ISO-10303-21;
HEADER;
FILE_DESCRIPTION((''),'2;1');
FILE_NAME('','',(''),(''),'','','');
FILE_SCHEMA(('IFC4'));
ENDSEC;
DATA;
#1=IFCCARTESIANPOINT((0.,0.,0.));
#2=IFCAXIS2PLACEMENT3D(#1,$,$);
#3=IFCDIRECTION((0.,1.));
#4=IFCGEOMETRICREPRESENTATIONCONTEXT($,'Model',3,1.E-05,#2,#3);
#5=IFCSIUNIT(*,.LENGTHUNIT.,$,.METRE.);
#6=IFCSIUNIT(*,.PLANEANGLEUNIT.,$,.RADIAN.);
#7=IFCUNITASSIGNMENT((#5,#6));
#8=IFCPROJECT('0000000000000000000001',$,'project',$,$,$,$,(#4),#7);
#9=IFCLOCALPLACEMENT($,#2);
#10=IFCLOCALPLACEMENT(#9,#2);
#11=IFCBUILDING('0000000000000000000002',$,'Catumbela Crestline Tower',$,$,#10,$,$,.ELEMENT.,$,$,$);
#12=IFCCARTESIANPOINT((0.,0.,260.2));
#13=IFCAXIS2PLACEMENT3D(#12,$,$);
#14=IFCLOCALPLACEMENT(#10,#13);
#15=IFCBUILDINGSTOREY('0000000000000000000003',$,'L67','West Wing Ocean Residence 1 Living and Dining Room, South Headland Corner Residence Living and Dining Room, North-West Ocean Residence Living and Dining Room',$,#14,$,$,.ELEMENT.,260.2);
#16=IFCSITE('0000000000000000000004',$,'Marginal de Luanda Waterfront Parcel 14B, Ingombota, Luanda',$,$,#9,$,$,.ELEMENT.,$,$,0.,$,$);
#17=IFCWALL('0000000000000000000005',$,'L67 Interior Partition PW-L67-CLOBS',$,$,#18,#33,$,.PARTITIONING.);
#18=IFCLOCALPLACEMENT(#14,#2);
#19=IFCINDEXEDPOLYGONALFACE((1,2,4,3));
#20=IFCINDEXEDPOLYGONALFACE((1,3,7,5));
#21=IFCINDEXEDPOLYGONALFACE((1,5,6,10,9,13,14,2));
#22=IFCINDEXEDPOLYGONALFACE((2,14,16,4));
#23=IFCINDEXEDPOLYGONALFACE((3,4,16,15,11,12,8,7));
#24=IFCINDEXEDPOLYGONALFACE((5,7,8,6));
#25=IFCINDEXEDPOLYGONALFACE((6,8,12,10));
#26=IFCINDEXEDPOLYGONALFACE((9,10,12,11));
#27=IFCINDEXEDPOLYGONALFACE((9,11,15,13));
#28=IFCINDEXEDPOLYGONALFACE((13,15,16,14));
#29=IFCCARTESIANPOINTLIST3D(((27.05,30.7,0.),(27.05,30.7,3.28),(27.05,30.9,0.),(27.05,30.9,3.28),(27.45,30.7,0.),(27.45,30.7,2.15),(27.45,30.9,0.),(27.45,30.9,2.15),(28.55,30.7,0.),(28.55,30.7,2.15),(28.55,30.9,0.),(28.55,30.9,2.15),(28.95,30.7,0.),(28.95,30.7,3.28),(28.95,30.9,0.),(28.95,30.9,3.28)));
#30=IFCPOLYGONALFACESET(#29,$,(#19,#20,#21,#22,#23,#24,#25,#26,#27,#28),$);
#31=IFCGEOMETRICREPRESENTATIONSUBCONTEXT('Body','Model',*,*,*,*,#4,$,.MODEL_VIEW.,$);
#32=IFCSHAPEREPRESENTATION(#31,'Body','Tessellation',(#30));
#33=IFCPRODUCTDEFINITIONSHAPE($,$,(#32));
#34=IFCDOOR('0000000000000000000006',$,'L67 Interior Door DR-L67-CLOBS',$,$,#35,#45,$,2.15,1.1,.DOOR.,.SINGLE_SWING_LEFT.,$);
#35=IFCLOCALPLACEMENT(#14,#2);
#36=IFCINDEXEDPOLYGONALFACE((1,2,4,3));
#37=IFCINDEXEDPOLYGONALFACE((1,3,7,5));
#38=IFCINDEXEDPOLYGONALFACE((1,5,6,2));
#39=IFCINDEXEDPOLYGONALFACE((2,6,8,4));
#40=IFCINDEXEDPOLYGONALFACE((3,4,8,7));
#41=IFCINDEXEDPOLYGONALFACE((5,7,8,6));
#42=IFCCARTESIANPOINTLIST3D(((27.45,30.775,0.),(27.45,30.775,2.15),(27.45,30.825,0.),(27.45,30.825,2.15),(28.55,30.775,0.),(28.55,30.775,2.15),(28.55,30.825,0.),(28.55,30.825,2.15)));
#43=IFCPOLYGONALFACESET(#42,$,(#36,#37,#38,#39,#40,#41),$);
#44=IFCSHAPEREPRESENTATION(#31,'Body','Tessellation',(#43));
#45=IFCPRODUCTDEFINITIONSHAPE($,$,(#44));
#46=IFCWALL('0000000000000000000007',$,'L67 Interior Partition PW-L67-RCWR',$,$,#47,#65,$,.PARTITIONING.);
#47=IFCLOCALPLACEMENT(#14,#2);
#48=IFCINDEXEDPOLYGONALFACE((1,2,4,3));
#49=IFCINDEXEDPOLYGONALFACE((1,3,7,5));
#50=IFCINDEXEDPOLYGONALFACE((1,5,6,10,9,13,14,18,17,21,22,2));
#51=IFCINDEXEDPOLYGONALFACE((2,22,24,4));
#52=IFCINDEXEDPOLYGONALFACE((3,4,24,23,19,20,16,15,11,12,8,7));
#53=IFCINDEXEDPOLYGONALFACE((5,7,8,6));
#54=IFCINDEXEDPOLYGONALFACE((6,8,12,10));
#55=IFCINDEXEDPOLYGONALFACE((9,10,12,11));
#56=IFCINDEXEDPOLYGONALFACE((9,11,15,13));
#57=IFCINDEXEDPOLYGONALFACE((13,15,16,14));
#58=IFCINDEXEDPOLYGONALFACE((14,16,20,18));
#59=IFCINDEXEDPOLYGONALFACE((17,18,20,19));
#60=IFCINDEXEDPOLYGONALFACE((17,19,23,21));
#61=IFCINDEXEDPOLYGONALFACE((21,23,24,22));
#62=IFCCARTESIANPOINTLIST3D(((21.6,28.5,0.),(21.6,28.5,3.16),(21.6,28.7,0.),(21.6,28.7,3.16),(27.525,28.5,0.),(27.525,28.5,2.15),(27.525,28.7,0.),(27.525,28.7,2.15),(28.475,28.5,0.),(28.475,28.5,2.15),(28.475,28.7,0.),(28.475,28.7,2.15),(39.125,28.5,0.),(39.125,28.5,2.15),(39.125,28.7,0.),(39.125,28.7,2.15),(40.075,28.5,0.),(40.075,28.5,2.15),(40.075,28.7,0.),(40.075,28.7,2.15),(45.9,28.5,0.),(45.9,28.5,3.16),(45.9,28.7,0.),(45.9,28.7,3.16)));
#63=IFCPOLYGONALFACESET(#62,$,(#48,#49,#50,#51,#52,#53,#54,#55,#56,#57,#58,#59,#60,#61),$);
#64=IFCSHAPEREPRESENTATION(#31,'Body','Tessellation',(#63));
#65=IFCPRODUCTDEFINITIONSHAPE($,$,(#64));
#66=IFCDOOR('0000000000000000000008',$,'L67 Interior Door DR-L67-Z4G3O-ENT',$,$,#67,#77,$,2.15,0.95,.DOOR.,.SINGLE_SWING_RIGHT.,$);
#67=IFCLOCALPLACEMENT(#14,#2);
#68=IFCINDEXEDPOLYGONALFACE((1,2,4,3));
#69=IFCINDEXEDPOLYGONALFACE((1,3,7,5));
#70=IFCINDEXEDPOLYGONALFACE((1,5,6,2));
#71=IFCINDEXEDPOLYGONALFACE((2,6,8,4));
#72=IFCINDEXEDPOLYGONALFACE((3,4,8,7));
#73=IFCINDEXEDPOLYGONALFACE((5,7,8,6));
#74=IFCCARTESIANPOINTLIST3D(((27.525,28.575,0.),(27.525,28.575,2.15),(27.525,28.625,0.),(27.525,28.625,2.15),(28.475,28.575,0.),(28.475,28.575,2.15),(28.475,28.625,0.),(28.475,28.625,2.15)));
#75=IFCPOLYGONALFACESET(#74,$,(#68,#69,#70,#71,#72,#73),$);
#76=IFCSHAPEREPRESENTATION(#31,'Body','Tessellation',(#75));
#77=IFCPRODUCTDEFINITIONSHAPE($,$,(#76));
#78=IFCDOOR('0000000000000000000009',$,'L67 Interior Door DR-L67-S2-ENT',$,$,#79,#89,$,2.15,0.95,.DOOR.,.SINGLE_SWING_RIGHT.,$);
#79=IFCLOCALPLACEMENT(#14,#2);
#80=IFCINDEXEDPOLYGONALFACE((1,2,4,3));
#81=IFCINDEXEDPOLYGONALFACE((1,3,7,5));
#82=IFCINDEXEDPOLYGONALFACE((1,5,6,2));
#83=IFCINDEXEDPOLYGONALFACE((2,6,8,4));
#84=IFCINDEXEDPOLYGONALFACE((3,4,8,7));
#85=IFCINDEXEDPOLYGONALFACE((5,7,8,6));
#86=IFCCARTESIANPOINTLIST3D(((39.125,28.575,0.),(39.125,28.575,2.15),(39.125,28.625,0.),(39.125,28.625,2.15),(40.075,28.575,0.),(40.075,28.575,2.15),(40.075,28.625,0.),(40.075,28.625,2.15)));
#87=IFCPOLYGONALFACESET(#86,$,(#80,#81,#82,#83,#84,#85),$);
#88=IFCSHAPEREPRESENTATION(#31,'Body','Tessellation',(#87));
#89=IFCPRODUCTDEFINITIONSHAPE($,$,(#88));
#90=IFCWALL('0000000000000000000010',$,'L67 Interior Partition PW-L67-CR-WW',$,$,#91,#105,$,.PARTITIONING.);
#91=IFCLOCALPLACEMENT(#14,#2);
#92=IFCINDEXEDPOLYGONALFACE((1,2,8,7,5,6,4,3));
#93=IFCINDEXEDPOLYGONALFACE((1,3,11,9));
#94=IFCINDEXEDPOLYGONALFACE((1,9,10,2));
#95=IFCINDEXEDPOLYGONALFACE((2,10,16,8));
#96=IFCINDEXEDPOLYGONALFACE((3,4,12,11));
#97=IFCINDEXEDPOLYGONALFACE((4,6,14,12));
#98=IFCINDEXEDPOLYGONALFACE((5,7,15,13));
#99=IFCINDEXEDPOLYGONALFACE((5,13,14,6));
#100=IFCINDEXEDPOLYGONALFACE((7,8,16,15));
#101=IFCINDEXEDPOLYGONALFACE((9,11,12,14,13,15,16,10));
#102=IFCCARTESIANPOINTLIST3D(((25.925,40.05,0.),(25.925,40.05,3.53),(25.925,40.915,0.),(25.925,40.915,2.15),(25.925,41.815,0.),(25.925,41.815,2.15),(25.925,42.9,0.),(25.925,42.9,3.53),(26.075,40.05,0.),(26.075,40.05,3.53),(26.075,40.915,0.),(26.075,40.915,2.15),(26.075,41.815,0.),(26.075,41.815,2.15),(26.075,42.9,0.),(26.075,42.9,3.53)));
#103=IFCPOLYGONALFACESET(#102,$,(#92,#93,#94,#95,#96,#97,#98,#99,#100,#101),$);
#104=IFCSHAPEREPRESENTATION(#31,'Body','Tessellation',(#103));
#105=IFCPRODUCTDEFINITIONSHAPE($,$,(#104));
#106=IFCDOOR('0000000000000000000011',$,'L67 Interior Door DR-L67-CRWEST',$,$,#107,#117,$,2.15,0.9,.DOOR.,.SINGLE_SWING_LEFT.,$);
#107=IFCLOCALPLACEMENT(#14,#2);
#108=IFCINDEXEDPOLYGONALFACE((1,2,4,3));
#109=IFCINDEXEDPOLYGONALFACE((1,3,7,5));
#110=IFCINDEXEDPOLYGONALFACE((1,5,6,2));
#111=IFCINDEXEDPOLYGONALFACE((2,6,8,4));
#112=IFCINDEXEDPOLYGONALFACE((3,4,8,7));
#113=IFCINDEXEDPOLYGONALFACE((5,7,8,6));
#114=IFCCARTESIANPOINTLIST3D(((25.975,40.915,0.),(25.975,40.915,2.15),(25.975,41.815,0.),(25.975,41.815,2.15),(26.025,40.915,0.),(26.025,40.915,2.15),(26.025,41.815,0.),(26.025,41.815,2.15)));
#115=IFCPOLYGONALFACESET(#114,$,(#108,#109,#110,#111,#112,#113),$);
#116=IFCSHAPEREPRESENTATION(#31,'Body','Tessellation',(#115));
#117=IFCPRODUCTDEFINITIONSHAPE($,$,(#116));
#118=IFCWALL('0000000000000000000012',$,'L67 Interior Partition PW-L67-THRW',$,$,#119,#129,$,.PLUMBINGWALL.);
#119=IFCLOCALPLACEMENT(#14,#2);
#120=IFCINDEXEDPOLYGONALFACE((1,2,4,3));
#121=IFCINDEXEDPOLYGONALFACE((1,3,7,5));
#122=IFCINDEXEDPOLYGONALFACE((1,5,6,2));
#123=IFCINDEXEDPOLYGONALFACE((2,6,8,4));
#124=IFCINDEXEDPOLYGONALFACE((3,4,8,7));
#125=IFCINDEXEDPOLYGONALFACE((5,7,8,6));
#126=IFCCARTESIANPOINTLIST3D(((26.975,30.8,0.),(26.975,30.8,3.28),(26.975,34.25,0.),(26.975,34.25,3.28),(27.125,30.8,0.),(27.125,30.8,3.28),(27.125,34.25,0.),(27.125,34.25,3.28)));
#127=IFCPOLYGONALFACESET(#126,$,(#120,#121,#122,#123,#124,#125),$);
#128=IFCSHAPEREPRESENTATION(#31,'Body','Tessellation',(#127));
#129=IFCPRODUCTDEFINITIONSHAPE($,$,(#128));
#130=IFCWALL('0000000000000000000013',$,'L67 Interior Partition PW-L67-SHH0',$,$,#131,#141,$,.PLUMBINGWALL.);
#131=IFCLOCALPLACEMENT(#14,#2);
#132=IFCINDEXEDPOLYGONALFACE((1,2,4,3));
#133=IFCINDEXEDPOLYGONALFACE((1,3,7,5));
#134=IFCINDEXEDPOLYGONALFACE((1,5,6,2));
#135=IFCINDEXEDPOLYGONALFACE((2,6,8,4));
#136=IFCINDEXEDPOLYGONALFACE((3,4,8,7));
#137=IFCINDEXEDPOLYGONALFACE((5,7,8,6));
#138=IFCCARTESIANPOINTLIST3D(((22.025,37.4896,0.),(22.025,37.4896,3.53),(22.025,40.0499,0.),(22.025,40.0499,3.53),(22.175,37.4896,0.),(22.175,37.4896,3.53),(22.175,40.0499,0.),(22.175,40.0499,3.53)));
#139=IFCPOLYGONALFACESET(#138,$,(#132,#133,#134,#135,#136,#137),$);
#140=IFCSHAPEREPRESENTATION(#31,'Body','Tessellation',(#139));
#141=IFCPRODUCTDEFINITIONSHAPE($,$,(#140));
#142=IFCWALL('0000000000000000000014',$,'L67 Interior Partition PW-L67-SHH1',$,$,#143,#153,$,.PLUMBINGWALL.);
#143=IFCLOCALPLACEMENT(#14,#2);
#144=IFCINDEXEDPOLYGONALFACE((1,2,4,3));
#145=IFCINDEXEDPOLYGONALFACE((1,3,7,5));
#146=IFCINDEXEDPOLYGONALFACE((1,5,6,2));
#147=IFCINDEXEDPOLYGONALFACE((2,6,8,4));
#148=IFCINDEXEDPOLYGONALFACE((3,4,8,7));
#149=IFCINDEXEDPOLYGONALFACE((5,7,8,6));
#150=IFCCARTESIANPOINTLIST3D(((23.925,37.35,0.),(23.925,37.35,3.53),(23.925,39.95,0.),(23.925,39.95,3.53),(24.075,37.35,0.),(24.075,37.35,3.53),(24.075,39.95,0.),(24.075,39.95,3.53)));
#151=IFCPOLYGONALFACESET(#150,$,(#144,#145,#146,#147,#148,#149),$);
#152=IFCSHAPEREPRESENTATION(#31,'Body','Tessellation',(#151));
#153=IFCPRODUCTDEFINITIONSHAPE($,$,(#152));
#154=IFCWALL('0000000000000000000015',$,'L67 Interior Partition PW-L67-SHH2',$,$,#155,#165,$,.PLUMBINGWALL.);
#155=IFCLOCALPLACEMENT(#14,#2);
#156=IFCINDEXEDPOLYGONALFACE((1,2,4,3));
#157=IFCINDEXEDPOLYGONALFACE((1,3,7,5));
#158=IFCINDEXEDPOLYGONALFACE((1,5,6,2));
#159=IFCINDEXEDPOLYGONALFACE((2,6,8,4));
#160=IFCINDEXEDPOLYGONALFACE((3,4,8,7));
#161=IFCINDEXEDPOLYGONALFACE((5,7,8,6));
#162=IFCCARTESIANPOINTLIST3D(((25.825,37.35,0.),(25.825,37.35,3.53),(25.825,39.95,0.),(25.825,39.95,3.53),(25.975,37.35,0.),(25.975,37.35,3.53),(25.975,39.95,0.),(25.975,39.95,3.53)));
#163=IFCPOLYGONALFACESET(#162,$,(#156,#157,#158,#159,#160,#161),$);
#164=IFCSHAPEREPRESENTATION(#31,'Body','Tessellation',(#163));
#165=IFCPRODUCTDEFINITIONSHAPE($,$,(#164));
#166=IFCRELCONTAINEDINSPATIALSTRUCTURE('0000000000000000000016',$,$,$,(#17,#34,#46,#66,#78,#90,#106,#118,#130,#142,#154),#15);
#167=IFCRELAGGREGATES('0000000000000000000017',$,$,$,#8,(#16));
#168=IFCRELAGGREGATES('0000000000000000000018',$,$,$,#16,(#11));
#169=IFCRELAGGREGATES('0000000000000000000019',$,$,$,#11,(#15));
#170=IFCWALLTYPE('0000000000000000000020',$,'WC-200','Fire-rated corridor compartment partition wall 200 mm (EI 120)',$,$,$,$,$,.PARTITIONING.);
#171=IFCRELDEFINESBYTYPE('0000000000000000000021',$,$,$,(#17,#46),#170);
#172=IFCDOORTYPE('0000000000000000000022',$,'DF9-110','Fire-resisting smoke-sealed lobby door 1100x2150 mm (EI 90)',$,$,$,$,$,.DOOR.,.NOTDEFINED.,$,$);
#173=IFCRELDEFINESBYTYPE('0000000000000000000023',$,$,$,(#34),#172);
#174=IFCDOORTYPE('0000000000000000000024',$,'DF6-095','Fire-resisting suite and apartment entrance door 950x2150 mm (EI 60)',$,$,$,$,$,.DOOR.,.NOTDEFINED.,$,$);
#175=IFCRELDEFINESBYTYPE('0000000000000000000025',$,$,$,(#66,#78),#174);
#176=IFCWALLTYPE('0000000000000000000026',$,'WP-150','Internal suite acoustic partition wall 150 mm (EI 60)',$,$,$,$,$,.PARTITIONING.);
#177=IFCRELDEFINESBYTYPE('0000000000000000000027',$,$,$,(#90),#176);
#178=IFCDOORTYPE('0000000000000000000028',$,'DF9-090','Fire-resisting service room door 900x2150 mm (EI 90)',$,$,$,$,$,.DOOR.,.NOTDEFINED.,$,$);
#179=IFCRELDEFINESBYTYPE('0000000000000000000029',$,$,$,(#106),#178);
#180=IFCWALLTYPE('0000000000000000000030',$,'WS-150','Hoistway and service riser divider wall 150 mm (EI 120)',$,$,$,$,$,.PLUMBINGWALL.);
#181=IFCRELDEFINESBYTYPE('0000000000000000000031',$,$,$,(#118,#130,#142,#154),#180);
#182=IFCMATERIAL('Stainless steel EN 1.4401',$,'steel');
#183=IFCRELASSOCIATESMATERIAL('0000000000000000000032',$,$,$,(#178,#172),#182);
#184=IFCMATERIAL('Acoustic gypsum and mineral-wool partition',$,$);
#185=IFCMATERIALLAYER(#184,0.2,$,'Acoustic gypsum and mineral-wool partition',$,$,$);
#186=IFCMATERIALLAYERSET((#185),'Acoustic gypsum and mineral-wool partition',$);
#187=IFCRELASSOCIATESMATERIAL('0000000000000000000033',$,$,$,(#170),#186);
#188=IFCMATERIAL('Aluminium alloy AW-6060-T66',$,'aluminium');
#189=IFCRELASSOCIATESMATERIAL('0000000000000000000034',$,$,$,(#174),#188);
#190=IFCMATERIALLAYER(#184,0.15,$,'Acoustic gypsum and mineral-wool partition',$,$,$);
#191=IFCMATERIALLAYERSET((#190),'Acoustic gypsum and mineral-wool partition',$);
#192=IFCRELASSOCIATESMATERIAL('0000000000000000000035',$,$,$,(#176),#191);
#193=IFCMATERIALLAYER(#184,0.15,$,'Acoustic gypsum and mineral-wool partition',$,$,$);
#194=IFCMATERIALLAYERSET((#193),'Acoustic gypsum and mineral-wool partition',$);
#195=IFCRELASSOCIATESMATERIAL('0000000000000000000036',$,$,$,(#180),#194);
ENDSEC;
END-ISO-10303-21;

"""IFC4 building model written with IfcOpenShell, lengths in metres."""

from ifc_helpers import new_model, si_unit, direction, frame, frame_2d, origin, place, context, subcontext, project, spatial, rectangle, extrude, material, layer, layer_set, type_object, element, fill, save


model = new_model("IFC4")

# Units and contexts
model_context = context("Model", 3, precision=1e-05, world=origin(), true_north=direction((0.0, 1.0)))
body_context = subcontext(model_context, "Body", "Model", "MODEL_VIEW")
ifc_project = project(units=[si_unit("LENGTHUNIT", "METRE"), si_unit("PLANEANGLEUNIT", "RADIAN")], contexts=[model_context])

# Site, building, storey
site_placement = place(None, origin())
site = spatial("IfcSite", under=ifc_project, at=site_placement, Name="Marginal de Luanda Waterfront Parcel 14B, Ingombota, Luanda", CompositionType="ELEMENT", RefElevation=0.0)
building_placement = place(site_placement, origin())
building = spatial("IfcBuilding", under=site, at=building_placement, Name="Catumbela Crestline Tower", CompositionType="ELEMENT")
storey_placement = place(building_placement, frame((0.0, 0.0, 260.2)))
storey = spatial("IfcBuildingStorey", under=building, at=storey_placement, Name="L67", Description="West Wing Ocean Residence 1 Living and Dining Room, South Headland Corner Residence Living and Dining Room, North-West Ocean Residence Living and Dining Room", CompositionType="ELEMENT", Elevation=260.2)

# Shared definitions
ifc_material_1 = material(Name="Stainless steel EN 1.4401", Category="steel")

# Shared definitions
door_type_1 = type_object("IfcDoorType", Name="DF9-090", Description="Fire-resisting service room door 900x2150 mm (EI 90)", OperationType="NOTDEFINED", PredefinedType="DOOR", material=ifc_material_1)

# Wall, opening, door
ifc_material_2 = material(Name="Acoustic gypsum and mineral-wool partition")
ifc_layer_1 = layer(ifc_material_2, 0.2, Name="Acoustic gypsum and mineral-wool partition")
ifc_layer_set_1 = layer_set([ifc_layer_1], Name="Acoustic gypsum and mineral-wool partition")
wall_type_1 = type_object("IfcWallType", Name="WC-200", Description="Fire-rated corridor compartment partition wall 200 mm (EI 120)", PredefinedType="PARTITIONING", material=ifc_layer_set_1)
wall_1_placement = place(storey_placement, frame((27.05, 30.8, 0.0), z_axis=(0.0, 0.0, 1.0), x_axis=(1.0, 0.0, 0.0)))
wall_1 = element("IfcWall", 1, at=wall_1_placement, inside=storey, type_object=wall_type_1, Name="L67 Interior Partition PW-L67-CLOBS", PredefinedType="PARTITIONING", context=body_context, shape_type="SweptSolid", body=[
    extrude(rectangle(XDim=1.9, YDim=0.2, at=frame_2d((0.95, 0.0))), origin(), (0.0, 0.0, 1.0), 3.28),
])
opening_1_placement = place(wall_1_placement, frame((0.4, 0.0, 0.0)))
opening_1 = element("IfcOpeningElement", 2, at=opening_1_placement, cuts=wall_1, PredefinedType="OPENING", context=body_context, shape_type="SweptSolid", body=[
    extrude(rectangle(XDim=1.1, YDim=2.15, at=frame_2d((0.55, 1.075))), frame((0.0, 0.11, 0.0), z_axis=(0.0, -1.0, 0.0), x_axis=(1.0, 0.0, 0.0)), (0.0, 0.0, 1.0), 0.22),
])
door_type_2 = type_object("IfcDoorType", Name="DF9-110", Description="Fire-resisting smoke-sealed lobby door 1100x2150 mm (EI 90)", OperationType="NOTDEFINED", PredefinedType="DOOR", material=ifc_material_1)
door_1_placement = place(opening_1_placement, origin())
door_1 = element("IfcDoor", 3, at=door_1_placement, inside=storey, type_object=door_type_2, Name="L67 Interior Door DR-L67-CLOBS", OperationType="SINGLE_SWING_LEFT", OverallHeight=2.15, OverallWidth=1.1, PredefinedType="DOOR", context=body_context, shape_type="SweptSolid", body=[
    extrude(rectangle(XDim=1.1, YDim=2.15, at=frame_2d((0.55, 1.075))), frame((0.0, 0.025, 0.0), z_axis=(0.0, -1.0, 0.0), x_axis=(1.0, 0.0, 0.0)), (0.0, 0.0, 1.0), 0.05),
])
fill(opening_1, door_1)

# Wall, openings, doors
wall_2_placement = place(storey_placement, frame((21.6, 28.6, 0.0), z_axis=(0.0, 0.0, 1.0), x_axis=(1.0, 0.0, 0.0)))
wall_2 = element("IfcWall", 4, at=wall_2_placement, inside=storey, type_object=wall_type_1, Name="L67 Interior Partition PW-L67-RCWR", PredefinedType="PARTITIONING", context=body_context, shape_type="SweptSolid", body=[
    extrude(rectangle(XDim=24.3, YDim=0.2, at=frame_2d((12.15, 0.0))), origin(), (0.0, 0.0, 1.0), 3.16),
])
opening_2_placement = place(wall_2_placement, frame((5.925, 0.0, 0.0)))
opening_2 = element("IfcOpeningElement", 5, at=opening_2_placement, cuts=wall_2, PredefinedType="OPENING", context=body_context, shape_type="SweptSolid", body=[
    extrude(rectangle(XDim=0.95, YDim=2.15, at=frame_2d((0.475, 1.075))), frame((0.0, 0.11, 0.0), z_axis=(0.0, -1.0, 0.0), x_axis=(1.0, 0.0, 0.0)), (0.0, 0.0, 1.0), 0.22),
])
opening_3_placement = place(wall_2_placement, frame((17.525, 0.0, 0.0)))
opening_3 = element("IfcOpeningElement", 6, at=opening_3_placement, cuts=wall_2, PredefinedType="OPENING", context=body_context, shape_type="SweptSolid", body=[
    extrude(rectangle(XDim=0.95, YDim=2.15, at=frame_2d((0.475, 1.075))), frame((0.0, 0.11, 0.0), z_axis=(0.0, -1.0, 0.0), x_axis=(1.0, 0.0, 0.0)), (0.0, 0.0, 1.0), 0.22),
])
ifc_material_3 = material(Name="Aluminium alloy AW-6060-T66", Category="aluminium")
door_type_3 = type_object("IfcDoorType", Name="DF6-095", Description="Fire-resisting suite and apartment entrance door 950x2150 mm (EI 60)", OperationType="NOTDEFINED", PredefinedType="DOOR", material=ifc_material_3)
door_2_placement = place(opening_2_placement, origin())
door_2 = element("IfcDoor", 7, at=door_2_placement, inside=storey, type_object=door_type_3, Name="L67 Interior Door DR-L67-Z4G3O-ENT", OperationType="SINGLE_SWING_RIGHT", OverallHeight=2.15, OverallWidth=0.95, PredefinedType="DOOR", context=body_context, shape_type="SweptSolid", body=[
    extrude(rectangle(XDim=0.95, YDim=2.15, at=frame_2d((0.475, 1.075))), frame((0.0, 0.025, 0.0), z_axis=(0.0, -1.0, 0.0), x_axis=(1.0, 0.0, 0.0)), (0.0, 0.0, 1.0), 0.05),
])
fill(opening_2, door_2)
door_3_placement = place(opening_3_placement, origin())
door_3 = element("IfcDoor", 8, at=door_3_placement, inside=storey, type_object=door_type_3, Name="L67 Interior Door DR-L67-S2-ENT", OperationType="SINGLE_SWING_RIGHT", OverallHeight=2.15, OverallWidth=0.95, PredefinedType="DOOR", context=body_context, shape_type="SweptSolid", body=[
    extrude(rectangle(XDim=0.95, YDim=2.15, at=frame_2d((0.475, 1.075))), frame((0.0, 0.025, 0.0), z_axis=(0.0, -1.0, 0.0), x_axis=(1.0, 0.0, 0.0)), (0.0, 0.0, 1.0), 0.05),
])
fill(opening_3, door_3)

# Wall, opening, door
ifc_layer_2 = layer(ifc_material_2, 0.15, Name="Acoustic gypsum and mineral-wool partition")
ifc_layer_set_2 = layer_set([ifc_layer_2], Name="Acoustic gypsum and mineral-wool partition")
wall_type_2 = type_object("IfcWallType", Name="WP-150", Description="Internal suite acoustic partition wall 150 mm (EI 60)", PredefinedType="PARTITIONING", material=ifc_layer_set_2)
wall_3_placement = place(storey_placement, frame((26.0, 40.05, 0.0), z_axis=(0.0, 0.0, 1.0), x_axis=(0.0, 1.0, 0.0)))
wall_3 = element("IfcWall", 9, at=wall_3_placement, inside=storey, type_object=wall_type_2, Name="L67 Interior Partition PW-L67-CR-WW", PredefinedType="PARTITIONING", context=body_context, shape_type="SweptSolid", body=[
    extrude(rectangle(XDim=2.85, YDim=0.15, at=frame_2d((1.425, 0.0))), origin(), (0.0, 0.0, 1.0), 3.53),
])
opening_4_placement = place(wall_3_placement, frame((0.865, 0.0, 0.0)))
opening_4 = element("IfcOpeningElement", 10, at=opening_4_placement, cuts=wall_3, PredefinedType="OPENING", context=body_context, shape_type="SweptSolid", body=[
    extrude(rectangle(XDim=0.9, YDim=2.15, at=frame_2d((0.45, 1.075))), frame((0.0, 0.085, 0.0), z_axis=(0.0, -1.0, 0.0), x_axis=(1.0, 0.0, 0.0)), (0.0, 0.0, 1.0), 0.17),
])
door_4_placement = place(opening_4_placement, origin())
door_4 = element("IfcDoor", 11, at=door_4_placement, inside=storey, type_object=door_type_1, Name="L67 Interior Door DR-L67-CRWEST", OperationType="SINGLE_SWING_LEFT", OverallHeight=2.15, OverallWidth=0.9, PredefinedType="DOOR", context=body_context, shape_type="SweptSolid", body=[
    extrude(rectangle(XDim=0.9, YDim=2.15, at=frame_2d((0.45, 1.075))), frame((0.0, 0.025, 0.0), z_axis=(0.0, -1.0, 0.0), x_axis=(1.0, 0.0, 0.0)), (0.0, 0.0, 1.0), 0.05),
])
fill(opening_4, door_4)

# Walls
ifc_layer_3 = layer(ifc_material_2, 0.15, Name="Acoustic gypsum and mineral-wool partition")
ifc_layer_set_3 = layer_set([ifc_layer_3], Name="Acoustic gypsum and mineral-wool partition")
wall_type_3 = type_object("IfcWallType", Name="WS-150", Description="Hoistway and service riser divider wall 150 mm (EI 120)", PredefinedType="PLUMBINGWALL", material=ifc_layer_set_3)
wall_4_placement = place(storey_placement, frame((27.05, 30.8, 0.0), z_axis=(0.0, 0.0, 1.0), x_axis=(0.0, 1.0, 0.0)))
element("IfcWall", 12, at=wall_4_placement, inside=storey, type_object=wall_type_3, Name="L67 Interior Partition PW-L67-THRW", PredefinedType="PLUMBINGWALL", context=body_context, shape_type="SweptSolid", body=[
    extrude(rectangle(XDim=3.45, YDim=0.15, at=frame_2d((1.725, 0.0))), origin(), (0.0, 0.0, 1.0), 3.28),
])
wall_5_placement = place(storey_placement, frame((22.1, 37.4897, 0.0), z_axis=(0.0, 0.0, 1.0), x_axis=(0.0, 1.0, 0.0)))
element("IfcWall", 13, at=wall_5_placement, inside=storey, type_object=wall_type_3, Name="L67 Interior Partition PW-L67-SHH0", PredefinedType="PLUMBINGWALL", context=body_context, shape_type="SweptSolid", body=[
    extrude(rectangle(XDim=2.5603, YDim=0.15, at=frame_2d((1.2801, 0.0))), origin(), (0.0, 0.0, 1.0), 3.53),
])
for number, where, z_axis, x_axis, name in (
    (14, (24.0, 37.35, 0.0), (0.0, 0.0, 1.0), (0.0, 1.0, 0.0), "L67 Interior Partition PW-L67-SHH1"),
    (15, (25.9, 37.35, 0.0), (0.0, 0.0, 1.0), (0.0, 1.0, 0.0), "L67 Interior Partition PW-L67-SHH2"),
):
    element("IfcWall", number, at=place(storey_placement, frame(where, z_axis=z_axis, x_axis=x_axis)), inside=storey, type_object=wall_type_3, Name=name, PredefinedType="PLUMBINGWALL", context=body_context, shape_type="SweptSolid", body=[
        extrude(rectangle(XDim=2.6, YDim=0.15, at=frame_2d((1.3, 0.0))), origin(), (0.0, 0.0, 1.0), 3.53),
    ])

save(model, "model.ifc")
